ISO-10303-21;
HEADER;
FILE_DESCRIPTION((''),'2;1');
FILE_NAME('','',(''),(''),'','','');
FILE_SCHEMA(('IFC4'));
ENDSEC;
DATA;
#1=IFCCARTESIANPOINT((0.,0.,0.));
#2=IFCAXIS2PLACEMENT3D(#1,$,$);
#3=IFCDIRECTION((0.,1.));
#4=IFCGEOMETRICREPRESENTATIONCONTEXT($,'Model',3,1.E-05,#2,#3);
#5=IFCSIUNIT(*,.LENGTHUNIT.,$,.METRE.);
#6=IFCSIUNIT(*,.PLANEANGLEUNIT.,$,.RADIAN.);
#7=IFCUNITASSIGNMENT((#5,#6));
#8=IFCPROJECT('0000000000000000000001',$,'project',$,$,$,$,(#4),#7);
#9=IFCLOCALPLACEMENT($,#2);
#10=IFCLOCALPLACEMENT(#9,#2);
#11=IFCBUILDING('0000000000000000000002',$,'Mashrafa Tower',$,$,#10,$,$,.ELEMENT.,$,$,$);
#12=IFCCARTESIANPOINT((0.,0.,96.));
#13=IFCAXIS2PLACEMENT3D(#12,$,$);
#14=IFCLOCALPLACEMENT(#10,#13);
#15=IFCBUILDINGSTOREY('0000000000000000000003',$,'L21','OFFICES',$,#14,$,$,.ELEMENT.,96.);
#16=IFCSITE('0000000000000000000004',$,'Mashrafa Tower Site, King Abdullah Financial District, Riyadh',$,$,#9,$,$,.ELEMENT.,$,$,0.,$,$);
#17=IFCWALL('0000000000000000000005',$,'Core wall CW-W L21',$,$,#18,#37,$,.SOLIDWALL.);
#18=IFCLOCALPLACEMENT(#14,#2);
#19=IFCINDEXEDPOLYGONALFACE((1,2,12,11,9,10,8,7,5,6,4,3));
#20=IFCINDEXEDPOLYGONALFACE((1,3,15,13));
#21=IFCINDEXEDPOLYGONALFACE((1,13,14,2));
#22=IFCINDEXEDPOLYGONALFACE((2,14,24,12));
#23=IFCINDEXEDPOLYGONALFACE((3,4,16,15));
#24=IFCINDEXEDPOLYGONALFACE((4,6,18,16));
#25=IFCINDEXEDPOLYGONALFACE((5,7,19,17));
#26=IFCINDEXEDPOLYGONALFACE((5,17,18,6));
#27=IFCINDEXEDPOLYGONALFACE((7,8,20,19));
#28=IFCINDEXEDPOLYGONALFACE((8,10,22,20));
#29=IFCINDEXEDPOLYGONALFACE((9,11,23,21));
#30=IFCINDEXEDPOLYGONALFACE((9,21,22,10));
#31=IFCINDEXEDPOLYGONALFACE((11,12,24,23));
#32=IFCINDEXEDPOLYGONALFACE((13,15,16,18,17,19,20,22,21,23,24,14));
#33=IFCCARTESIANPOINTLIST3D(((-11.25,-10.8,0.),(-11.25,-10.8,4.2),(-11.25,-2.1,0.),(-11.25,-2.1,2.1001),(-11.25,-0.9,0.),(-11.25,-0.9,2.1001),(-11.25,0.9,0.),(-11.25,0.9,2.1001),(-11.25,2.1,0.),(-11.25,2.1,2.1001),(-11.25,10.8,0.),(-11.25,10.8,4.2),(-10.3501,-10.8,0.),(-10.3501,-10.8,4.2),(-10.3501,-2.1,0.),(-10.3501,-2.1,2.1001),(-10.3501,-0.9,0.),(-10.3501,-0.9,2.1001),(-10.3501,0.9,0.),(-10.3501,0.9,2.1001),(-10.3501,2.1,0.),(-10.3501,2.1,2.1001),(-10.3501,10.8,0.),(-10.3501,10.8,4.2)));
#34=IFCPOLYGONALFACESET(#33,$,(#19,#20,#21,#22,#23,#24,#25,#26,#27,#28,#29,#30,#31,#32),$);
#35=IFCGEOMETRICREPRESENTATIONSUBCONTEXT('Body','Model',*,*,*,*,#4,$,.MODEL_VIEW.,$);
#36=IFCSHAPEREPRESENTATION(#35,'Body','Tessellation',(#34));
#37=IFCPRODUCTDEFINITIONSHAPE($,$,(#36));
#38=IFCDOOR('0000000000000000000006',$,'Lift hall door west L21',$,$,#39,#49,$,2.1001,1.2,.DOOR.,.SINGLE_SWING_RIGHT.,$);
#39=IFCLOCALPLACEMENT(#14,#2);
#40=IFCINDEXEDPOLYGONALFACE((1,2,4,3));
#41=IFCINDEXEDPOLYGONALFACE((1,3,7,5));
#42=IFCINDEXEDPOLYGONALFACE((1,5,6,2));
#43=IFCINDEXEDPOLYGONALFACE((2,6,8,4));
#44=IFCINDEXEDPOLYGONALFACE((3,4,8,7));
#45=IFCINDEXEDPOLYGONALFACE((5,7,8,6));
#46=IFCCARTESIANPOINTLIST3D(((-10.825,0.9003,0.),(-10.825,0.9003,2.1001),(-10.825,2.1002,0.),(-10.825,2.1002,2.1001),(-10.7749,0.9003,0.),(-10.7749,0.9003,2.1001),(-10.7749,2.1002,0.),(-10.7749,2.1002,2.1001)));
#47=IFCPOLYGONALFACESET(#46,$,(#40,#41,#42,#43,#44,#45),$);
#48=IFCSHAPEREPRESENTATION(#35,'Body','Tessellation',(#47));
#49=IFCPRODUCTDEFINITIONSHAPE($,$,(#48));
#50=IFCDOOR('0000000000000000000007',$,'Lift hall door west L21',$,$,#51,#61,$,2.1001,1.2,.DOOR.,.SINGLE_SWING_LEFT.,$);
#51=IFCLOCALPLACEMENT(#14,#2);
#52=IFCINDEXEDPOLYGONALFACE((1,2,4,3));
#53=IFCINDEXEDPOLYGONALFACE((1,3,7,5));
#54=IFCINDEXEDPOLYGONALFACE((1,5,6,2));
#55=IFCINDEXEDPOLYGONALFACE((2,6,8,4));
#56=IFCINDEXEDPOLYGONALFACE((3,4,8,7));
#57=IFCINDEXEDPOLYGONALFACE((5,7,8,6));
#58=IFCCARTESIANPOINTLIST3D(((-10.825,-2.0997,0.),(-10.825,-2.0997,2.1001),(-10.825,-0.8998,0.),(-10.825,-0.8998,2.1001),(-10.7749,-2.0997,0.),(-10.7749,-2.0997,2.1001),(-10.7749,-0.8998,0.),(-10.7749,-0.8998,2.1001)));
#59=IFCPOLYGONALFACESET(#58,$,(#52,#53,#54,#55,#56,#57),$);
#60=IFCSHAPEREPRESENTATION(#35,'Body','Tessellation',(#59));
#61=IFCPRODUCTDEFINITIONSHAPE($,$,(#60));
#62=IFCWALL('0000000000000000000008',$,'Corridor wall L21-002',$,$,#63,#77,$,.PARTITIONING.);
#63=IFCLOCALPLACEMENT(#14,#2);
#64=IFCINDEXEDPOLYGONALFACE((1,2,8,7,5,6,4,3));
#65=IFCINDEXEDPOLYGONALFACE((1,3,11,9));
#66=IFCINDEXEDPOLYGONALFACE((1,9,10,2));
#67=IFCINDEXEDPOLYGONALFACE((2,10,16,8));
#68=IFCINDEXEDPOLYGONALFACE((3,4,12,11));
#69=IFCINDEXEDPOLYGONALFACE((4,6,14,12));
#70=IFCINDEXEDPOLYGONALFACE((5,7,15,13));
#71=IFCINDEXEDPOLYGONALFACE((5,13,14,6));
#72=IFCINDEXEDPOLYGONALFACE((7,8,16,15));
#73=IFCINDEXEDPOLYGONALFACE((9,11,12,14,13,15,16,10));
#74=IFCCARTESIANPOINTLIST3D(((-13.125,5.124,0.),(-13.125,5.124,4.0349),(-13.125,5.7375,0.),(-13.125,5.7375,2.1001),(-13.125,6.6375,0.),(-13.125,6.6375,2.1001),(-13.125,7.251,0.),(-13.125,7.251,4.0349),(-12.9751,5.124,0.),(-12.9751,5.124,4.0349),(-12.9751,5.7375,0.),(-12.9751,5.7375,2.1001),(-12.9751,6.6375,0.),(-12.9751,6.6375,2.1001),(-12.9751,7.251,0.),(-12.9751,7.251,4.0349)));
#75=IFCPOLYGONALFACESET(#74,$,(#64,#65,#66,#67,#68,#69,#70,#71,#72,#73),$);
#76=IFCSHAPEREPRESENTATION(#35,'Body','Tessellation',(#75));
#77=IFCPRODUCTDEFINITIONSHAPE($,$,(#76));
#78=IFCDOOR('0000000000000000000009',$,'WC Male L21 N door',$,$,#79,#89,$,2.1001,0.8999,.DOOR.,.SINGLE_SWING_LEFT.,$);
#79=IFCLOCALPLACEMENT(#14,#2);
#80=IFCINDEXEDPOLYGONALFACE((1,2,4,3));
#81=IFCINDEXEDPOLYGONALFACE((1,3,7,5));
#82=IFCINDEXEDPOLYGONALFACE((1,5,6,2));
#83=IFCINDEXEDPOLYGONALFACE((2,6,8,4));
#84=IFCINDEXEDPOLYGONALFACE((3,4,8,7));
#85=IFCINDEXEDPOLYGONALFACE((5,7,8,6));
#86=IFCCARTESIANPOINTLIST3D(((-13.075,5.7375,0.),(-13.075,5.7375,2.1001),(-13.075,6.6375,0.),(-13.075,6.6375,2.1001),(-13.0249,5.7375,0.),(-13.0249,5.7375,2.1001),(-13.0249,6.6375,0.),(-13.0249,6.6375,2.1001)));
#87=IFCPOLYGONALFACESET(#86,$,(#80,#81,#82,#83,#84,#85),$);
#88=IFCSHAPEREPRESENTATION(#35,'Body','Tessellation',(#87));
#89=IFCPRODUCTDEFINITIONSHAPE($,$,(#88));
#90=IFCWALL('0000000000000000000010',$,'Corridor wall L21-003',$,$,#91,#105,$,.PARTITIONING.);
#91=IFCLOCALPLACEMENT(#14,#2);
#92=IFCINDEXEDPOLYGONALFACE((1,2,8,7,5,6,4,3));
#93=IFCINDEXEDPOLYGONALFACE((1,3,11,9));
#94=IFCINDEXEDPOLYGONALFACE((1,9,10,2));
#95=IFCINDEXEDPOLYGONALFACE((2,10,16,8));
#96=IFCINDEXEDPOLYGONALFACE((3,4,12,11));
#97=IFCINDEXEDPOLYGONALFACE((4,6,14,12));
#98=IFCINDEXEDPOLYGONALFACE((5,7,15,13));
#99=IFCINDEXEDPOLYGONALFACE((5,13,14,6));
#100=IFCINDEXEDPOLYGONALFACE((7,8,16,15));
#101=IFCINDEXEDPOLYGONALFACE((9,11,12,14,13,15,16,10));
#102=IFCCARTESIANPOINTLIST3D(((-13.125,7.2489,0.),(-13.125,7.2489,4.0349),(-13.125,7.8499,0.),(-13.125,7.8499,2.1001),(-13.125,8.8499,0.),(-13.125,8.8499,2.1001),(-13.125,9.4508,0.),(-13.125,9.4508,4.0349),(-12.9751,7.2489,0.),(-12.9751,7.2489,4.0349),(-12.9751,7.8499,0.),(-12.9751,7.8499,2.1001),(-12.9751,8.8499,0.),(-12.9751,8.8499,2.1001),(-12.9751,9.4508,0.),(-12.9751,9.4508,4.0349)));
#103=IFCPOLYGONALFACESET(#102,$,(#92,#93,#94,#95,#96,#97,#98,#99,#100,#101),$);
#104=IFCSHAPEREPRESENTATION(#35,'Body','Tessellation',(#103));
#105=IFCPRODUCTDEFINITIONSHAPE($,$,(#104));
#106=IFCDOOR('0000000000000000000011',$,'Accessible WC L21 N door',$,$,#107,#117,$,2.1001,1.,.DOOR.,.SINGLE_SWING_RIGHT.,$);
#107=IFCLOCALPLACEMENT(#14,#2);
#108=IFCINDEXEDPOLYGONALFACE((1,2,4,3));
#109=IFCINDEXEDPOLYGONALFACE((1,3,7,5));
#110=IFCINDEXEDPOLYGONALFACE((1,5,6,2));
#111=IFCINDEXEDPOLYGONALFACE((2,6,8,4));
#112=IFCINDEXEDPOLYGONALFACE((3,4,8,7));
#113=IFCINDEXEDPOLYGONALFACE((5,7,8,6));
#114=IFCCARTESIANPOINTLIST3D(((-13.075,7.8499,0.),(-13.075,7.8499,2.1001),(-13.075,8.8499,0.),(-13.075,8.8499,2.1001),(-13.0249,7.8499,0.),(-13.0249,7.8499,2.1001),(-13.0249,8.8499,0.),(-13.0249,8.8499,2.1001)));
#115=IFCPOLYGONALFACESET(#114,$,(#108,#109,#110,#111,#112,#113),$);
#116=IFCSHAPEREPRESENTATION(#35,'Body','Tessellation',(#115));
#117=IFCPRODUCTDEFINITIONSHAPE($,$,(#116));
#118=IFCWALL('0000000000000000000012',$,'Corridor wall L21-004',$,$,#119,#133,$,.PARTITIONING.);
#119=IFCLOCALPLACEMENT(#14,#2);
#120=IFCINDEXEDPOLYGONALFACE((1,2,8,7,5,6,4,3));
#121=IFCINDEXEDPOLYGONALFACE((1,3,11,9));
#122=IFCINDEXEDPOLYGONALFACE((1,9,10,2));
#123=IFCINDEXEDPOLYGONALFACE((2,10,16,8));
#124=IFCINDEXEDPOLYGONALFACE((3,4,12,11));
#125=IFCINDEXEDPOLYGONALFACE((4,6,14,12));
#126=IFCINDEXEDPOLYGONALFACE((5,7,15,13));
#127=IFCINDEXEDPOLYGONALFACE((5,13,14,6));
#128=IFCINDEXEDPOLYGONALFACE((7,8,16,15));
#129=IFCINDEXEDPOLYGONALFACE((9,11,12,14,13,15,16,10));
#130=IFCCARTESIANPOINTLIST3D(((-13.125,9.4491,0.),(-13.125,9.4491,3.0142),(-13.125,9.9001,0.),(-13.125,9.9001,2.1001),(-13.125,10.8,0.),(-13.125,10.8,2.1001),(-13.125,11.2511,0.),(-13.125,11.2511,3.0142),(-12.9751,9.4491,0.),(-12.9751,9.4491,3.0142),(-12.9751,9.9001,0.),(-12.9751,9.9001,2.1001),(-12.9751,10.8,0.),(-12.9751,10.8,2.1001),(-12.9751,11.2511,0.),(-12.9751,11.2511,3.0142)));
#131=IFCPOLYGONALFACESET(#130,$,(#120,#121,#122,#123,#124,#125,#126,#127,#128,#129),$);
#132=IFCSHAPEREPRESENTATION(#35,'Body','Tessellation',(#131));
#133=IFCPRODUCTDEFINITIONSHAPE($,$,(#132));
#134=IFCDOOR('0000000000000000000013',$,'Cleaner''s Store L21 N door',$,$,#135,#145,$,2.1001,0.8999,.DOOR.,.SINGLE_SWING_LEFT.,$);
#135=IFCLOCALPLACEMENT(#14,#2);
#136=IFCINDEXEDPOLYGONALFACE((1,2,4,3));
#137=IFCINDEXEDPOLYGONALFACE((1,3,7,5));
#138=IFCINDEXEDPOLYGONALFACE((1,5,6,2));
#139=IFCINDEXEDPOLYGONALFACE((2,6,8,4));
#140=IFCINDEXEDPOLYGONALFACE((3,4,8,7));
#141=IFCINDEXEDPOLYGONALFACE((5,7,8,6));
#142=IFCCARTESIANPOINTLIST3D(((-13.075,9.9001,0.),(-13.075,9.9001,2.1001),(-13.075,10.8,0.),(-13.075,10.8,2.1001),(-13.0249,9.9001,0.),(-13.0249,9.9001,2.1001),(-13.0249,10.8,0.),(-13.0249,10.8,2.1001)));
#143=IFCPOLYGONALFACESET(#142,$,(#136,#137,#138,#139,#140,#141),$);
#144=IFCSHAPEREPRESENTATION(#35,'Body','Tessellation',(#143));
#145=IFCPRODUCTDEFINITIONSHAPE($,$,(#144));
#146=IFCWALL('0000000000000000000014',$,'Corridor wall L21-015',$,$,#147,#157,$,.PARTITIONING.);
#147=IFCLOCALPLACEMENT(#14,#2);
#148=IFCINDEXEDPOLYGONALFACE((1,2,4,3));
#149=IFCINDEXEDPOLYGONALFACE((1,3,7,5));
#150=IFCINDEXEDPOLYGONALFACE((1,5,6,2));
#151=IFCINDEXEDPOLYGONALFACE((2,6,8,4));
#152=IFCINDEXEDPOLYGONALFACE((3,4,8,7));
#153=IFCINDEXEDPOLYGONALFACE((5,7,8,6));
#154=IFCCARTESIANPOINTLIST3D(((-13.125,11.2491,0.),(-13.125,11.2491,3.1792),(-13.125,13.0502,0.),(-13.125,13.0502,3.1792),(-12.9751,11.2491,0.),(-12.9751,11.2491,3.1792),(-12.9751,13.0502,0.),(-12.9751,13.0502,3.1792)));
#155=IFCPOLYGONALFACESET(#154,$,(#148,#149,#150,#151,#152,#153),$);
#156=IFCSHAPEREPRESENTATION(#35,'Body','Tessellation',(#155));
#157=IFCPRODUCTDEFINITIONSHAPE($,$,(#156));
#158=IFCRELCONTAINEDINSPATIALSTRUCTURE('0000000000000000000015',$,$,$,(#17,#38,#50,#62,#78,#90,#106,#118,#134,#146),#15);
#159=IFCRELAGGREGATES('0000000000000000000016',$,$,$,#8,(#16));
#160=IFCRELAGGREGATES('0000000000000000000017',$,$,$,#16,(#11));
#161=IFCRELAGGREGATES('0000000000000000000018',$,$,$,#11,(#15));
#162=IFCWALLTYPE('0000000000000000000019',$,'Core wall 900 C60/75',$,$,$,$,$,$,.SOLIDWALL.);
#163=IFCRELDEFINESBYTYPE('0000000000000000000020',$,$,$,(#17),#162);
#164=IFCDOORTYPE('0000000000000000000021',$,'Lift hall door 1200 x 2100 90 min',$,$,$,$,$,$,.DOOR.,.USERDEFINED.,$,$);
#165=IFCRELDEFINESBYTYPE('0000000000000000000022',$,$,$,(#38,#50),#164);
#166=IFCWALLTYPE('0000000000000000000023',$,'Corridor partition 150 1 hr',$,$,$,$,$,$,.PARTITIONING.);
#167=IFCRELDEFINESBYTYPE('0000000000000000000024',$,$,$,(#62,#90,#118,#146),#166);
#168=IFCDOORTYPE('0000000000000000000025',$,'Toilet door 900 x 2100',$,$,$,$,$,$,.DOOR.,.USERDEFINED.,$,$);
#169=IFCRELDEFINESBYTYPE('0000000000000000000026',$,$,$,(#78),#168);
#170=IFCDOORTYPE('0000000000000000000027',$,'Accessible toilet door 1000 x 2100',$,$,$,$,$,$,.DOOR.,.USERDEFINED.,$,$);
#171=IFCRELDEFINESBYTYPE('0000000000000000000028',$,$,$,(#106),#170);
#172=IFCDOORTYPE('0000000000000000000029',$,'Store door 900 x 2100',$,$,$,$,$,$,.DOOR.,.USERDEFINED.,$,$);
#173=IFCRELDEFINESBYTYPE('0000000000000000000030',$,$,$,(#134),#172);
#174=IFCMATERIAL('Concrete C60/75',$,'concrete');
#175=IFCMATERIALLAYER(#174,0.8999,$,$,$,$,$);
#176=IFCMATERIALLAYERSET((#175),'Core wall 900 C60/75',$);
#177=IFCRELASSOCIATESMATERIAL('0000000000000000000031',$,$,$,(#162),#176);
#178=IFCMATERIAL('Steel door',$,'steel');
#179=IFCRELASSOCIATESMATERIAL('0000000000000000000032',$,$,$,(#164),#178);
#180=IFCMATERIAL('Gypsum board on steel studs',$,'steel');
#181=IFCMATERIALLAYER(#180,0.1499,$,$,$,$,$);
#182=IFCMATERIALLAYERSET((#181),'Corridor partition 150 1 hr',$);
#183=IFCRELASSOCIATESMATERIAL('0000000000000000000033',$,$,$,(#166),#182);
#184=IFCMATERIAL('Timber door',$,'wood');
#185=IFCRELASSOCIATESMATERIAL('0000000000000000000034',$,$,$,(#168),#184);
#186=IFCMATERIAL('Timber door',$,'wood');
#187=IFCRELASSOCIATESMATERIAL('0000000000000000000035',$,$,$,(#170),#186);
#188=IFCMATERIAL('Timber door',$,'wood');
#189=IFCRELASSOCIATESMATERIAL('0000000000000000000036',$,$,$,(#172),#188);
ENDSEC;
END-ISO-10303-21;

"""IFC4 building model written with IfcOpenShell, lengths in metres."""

from ifc_helpers import new_model, si_unit, direction, frame, frame_2d, origin, place, context, subcontext, project, spatial, rectangle, extrude, material, layer, layer_set, type_object, element, fill, save


model = new_model("IFC4")

# Units and contexts
model_context = context("Model", 3, precision=1e-05, world=origin(), true_north=direction((0.0, 1.0)))
body_context = subcontext(model_context, "Body", "Model", "MODEL_VIEW")
ifc_project = project(units=[si_unit("LENGTHUNIT", "METRE"), si_unit("PLANEANGLEUNIT", "RADIAN")], contexts=[model_context])

# Site, building, storey
site_placement = place(None, origin())
site = spatial("IfcSite", under=ifc_project, at=site_placement, Name="Mashrafa Tower Site, King Abdullah Financial District, Riyadh", CompositionType="ELEMENT", RefElevation=0.0)
building_placement = place(site_placement, origin())
building = spatial("IfcBuilding", under=site, at=building_placement, Name="Mashrafa Tower", CompositionType="ELEMENT")
storey_placement = place(building_placement, frame((0.0, 0.0, 96.0)))
storey = spatial("IfcBuildingStorey", under=building, at=storey_placement, Name="L21", Description="OFFICES", CompositionType="ELEMENT", Elevation=96.0)

# Wall, openings, doors
ifc_material_1 = material(Name="Concrete C60/75", Category="concrete")
ifc_layer_1 = layer(ifc_material_1, 0.8999)
ifc_layer_set_1 = layer_set([ifc_layer_1], Name="Core wall 900 C60/75")
wall_type_1 = type_object("IfcWallType", Name="Core wall 900 C60/75", PredefinedType="SOLIDWALL", material=ifc_layer_set_1)
wall_1_placement = place(storey_placement, frame((-10.8, 10.8, 0.0), z_axis=(0.0, 0.0, 1.0), x_axis=(0.0, -1.0, 0.0)))
wall_1 = element("IfcWall", 1, at=wall_1_placement, inside=storey, type_object=wall_type_1, Name="Core wall CW-W L21", PredefinedType="SOLIDWALL", context=body_context, shape_type="SweptSolid", body=[
    extrude(rectangle(XDim=21.6001, YDim=0.8999, at=frame_2d((10.8, 0.0))), origin(), (0.0, 0.0, 1.0), 4.2),
])
opening_1_placement = place(wall_1_placement, frame((8.7, 0.0, 0.0)))
opening_1 = element("IfcOpeningElement", 2, at=opening_1_placement, cuts=wall_1, PredefinedType="OPENING", context=body_context, shape_type="SweptSolid", body=[
    extrude(rectangle(XDim=1.2, YDim=2.1001, at=frame_2d((0.6001, 1.05))), frame((0.0, 0.46, 0.0), z_axis=(0.0, -1.0, 0.0), x_axis=(1.0, 0.0, 0.0)), (0.0, 0.0, 1.0), 0.9199),
])
opening_2_placement = place(wall_1_placement, frame((11.7, 0.0, 0.0)))
opening_2 = element("IfcOpeningElement", 3, at=opening_2_placement, cuts=wall_1, PredefinedType="OPENING", context=body_context, shape_type="SweptSolid", body=[
    extrude(rectangle(XDim=1.2, YDim=2.1001, at=frame_2d((0.6001, 1.05))), frame((0.0, 0.46, 0.0), z_axis=(0.0, -1.0, 0.0), x_axis=(1.0, 0.0, 0.0)), (0.0, 0.0, 1.0), 0.9199),
])
ifc_material_2 = material(Name="Steel door", Category="steel")
door_type_1 = type_object("IfcDoorType", Name="Lift hall door 1200 x 2100 90 min", OperationType="USERDEFINED", PredefinedType="DOOR", material=ifc_material_2)
door_1_placement = place(opening_1_placement, frame((1.2, 0.0, 0.0), z_axis=(0.0, 0.0, 1.0), x_axis=(-1.0, 0.0, 0.0)))
door_1 = element("IfcDoor", 4, at=door_1_placement, inside=storey, type_object=door_type_1, Name="Lift hall door west L21", OperationType="SINGLE_SWING_RIGHT", OverallHeight=2.1001, OverallWidth=1.2, PredefinedType="DOOR", context=body_context, shape_type="SweptSolid", body=[
    extrude(rectangle(XDim=1.2, YDim=2.1001, at=frame_2d((0.6001, 1.05))), frame((0.0, 0.0249, 0.0), z_axis=(0.0, -1.0, 0.0), x_axis=(1.0, 0.0, 0.0)), (0.0, 0.0, 1.0), 0.05),
])
fill(opening_1, door_1)
door_2_placement = place(opening_2_placement, frame((1.2, 0.0, 0.0), z_axis=(0.0, 0.0, 1.0), x_axis=(-1.0, 0.0, 0.0)))
door_2 = element("IfcDoor", 5, at=door_2_placement, inside=storey, type_object=door_type_1, Name="Lift hall door west L21", OperationType="SINGLE_SWING_LEFT", OverallHeight=2.1001, OverallWidth=1.2, PredefinedType="DOOR", context=body_context, shape_type="SweptSolid", body=[
    extrude(rectangle(XDim=1.2, YDim=2.1001, at=frame_2d((0.6001, 1.05))), frame((0.0, 0.0249, 0.0), z_axis=(0.0, -1.0, 0.0), x_axis=(1.0, 0.0, 0.0)), (0.0, 0.0, 1.0), 0.05),
])
fill(opening_2, door_2)

# Walls, openings, doors
ifc_material_3 = material(Name="Gypsum board on steel studs", Category="steel")
ifc_layer_2 = layer(ifc_material_3, 0.1499)
ifc_layer_set_2 = layer_set([ifc_layer_2], Name="Corridor partition 150 1 hr")
wall_type_2 = type_object("IfcWallType", Name="Corridor partition 150 1 hr", PredefinedType="PARTITIONING", material=ifc_layer_set_2)
wall_2_placement = place(storey_placement, frame((-13.05, 7.251, 0.0), z_axis=(0.0, 0.0, 1.0), x_axis=(0.0, -1.0, 0.0)))
wall_2 = element("IfcWall", 6, at=wall_2_placement, inside=storey, type_object=wall_type_2, Name="Corridor wall L21-002", PredefinedType="PARTITIONING", context=body_context, shape_type="SweptSolid", body=[
    extrude(rectangle(XDim=2.127, YDim=0.1499, at=frame_2d((1.0635, 0.0))), origin(), (0.0, 0.0, 1.0), 4.0349),
])
opening_3_placement = place(wall_2_placement, frame((0.6135, 0.0, 0.0)))
opening_3 = element("IfcOpeningElement", 7, at=opening_3_placement, cuts=wall_2, PredefinedType="OPENING", context=body_context, shape_type="SweptSolid", body=[
    extrude(rectangle(XDim=0.8999, YDim=2.1001, at=frame_2d((0.45, 1.05))), frame((0.0, 0.085, 0.0), z_axis=(0.0, -1.0, 0.0), x_axis=(1.0, 0.0, 0.0)), (0.0, 0.0, 1.0), 0.1699),
])
ifc_material_4 = material(Name="Timber door", Category="wood")
door_type_2 = type_object("IfcDoorType", Name="Toilet door 900 x 2100", OperationType="USERDEFINED", PredefinedType="DOOR", material=ifc_material_4)
door_3_placement = place(opening_3_placement, frame((0.8999, 0.0, 0.0), z_axis=(0.0, 0.0, 1.0), x_axis=(-1.0, 0.0, 0.0)))
door_3 = element("IfcDoor", 8, at=door_3_placement, inside=storey, type_object=door_type_2, Name="WC Male L21 N door", OperationType="SINGLE_SWING_LEFT", OverallHeight=2.1001, OverallWidth=0.8999, PredefinedType="DOOR", context=body_context, shape_type="SweptSolid", body=[
    extrude(rectangle(XDim=0.8999, YDim=2.1001, at=frame_2d((0.45, 1.05))), frame((0.0, 0.0249, 0.0), z_axis=(0.0, -1.0, 0.0), x_axis=(1.0, 0.0, 0.0)), (0.0, 0.0, 1.0), 0.05),
])
fill(opening_3, door_3)
wall_3_placement = place(storey_placement, frame((-13.05, 9.4509, 0.0), z_axis=(0.0, 0.0, 1.0), x_axis=(0.0, -1.0, 0.0)))
wall_3 = element("IfcWall", 9, at=wall_3_placement, inside=storey, type_object=wall_type_2, Name="Corridor wall L21-003", PredefinedType="PARTITIONING", context=body_context, shape_type="SweptSolid", body=[
    extrude(rectangle(XDim=2.2019, YDim=0.1499, at=frame_2d((1.1011, 0.0))), origin(), (0.0, 0.0, 1.0), 4.0349),
])
opening_4_placement = place(wall_3_placement, frame((0.6011, 0.0, 0.0)))
opening_4 = element("IfcOpeningElement", 10, at=opening_4_placement, cuts=wall_3, PredefinedType="OPENING", context=body_context, shape_type="SweptSolid", body=[
    extrude(rectangle(XDim=1.0, YDim=2.1001, at=frame_2d((0.5, 1.05))), frame((0.0, 0.085, 0.0), z_axis=(0.0, -1.0, 0.0), x_axis=(1.0, 0.0, 0.0)), (0.0, 0.0, 1.0), 0.1699),
])
ifc_material_5 = material(Name="Timber door", Category="wood")
door_type_3 = type_object("IfcDoorType", Name="Accessible toilet door 1000 x 2100", OperationType="USERDEFINED", PredefinedType="DOOR", material=ifc_material_5)
door_4_placement = place(opening_4_placement, frame((1.0, 0.0, 0.0), z_axis=(0.0, 0.0, 1.0), x_axis=(-1.0, 0.0, 0.0)))
door_4 = element("IfcDoor", 11, at=door_4_placement, inside=storey, type_object=door_type_3, Name="Accessible WC L21 N door", OperationType="SINGLE_SWING_RIGHT", OverallHeight=2.1001, OverallWidth=1.0, PredefinedType="DOOR", context=body_context, shape_type="SweptSolid", body=[
    extrude(rectangle(XDim=1.0, YDim=2.1001, at=frame_2d((0.5, 1.05))), frame((0.0, 0.0249, 0.0), z_axis=(0.0, -1.0, 0.0), x_axis=(1.0, 0.0, 0.0)), (0.0, 0.0, 1.0), 0.05),
])
fill(opening_4, door_4)
wall_4_placement = place(storey_placement, frame((-13.05, 11.251, 0.0), z_axis=(0.0, 0.0, 1.0), x_axis=(0.0, -1.0, 0.0)))
wall_4 = element("IfcWall", 12, at=wall_4_placement, inside=storey, type_object=wall_type_2, Name="Corridor wall L21-004", PredefinedType="PARTITIONING", context=body_context, shape_type="SweptSolid", body=[
    extrude(rectangle(XDim=1.802, YDim=0.1499, at=frame_2d((0.9009, 0.0))), origin(), (0.0, 0.0, 1.0), 3.0142),
])
opening_5_placement = place(wall_4_placement, frame((0.4509, 0.0, 0.0)))
opening_5 = element("IfcOpeningElement", 13, at=opening_5_placement, cuts=wall_4, PredefinedType="OPENING", context=body_context, shape_type="SweptSolid", body=[
    extrude(rectangle(XDim=0.8999, YDim=2.1001, at=frame_2d((0.45, 1.05))), frame((0.0, 0.085, 0.0), z_axis=(0.0, -1.0, 0.0), x_axis=(1.0, 0.0, 0.0)), (0.0, 0.0, 1.0), 0.1699),
])
ifc_material_6 = material(Name="Timber door", Category="wood")
door_type_4 = type_object("IfcDoorType", Name="Store door 900 x 2100", OperationType="USERDEFINED", PredefinedType="DOOR", material=ifc_material_6)
door_5_placement = place(opening_5_placement, frame((0.8999, 0.0, 0.0), z_axis=(0.0, 0.0, 1.0), x_axis=(-1.0, 0.0, 0.0)))
door_5 = element("IfcDoor", 14, at=door_5_placement, inside=storey, type_object=door_type_4, Name="Cleaner's Store L21 N door", OperationType="SINGLE_SWING_LEFT", OverallHeight=2.1001, OverallWidth=0.8999, PredefinedType="DOOR", context=body_context, shape_type="SweptSolid", body=[
    extrude(rectangle(XDim=0.8999, YDim=2.1001, at=frame_2d((0.45, 1.05))), frame((0.0, 0.0249, 0.0), z_axis=(0.0, -1.0, 0.0), x_axis=(1.0, 0.0, 0.0)), (0.0, 0.0, 1.0), 0.05),
])
fill(opening_5, door_5)

# Wall
wall_5_placement = place(storey_placement, frame((-13.05, 13.05, 0.0), z_axis=(0.0, 0.0, 1.0), x_axis=(0.0, -1.0, 0.0)))
element("IfcWall", 15, at=wall_5_placement, inside=storey, type_object=wall_type_2, Name="Corridor wall L21-015", PredefinedType="PARTITIONING", context=body_context, shape_type="SweptSolid", body=[
    extrude(rectangle(XDim=1.801, YDim=0.1499, at=frame_2d((0.9004, 0.0))), origin(), (0.0, 0.0, 1.0), 3.1792),
])

save(model, "model.ifc")
